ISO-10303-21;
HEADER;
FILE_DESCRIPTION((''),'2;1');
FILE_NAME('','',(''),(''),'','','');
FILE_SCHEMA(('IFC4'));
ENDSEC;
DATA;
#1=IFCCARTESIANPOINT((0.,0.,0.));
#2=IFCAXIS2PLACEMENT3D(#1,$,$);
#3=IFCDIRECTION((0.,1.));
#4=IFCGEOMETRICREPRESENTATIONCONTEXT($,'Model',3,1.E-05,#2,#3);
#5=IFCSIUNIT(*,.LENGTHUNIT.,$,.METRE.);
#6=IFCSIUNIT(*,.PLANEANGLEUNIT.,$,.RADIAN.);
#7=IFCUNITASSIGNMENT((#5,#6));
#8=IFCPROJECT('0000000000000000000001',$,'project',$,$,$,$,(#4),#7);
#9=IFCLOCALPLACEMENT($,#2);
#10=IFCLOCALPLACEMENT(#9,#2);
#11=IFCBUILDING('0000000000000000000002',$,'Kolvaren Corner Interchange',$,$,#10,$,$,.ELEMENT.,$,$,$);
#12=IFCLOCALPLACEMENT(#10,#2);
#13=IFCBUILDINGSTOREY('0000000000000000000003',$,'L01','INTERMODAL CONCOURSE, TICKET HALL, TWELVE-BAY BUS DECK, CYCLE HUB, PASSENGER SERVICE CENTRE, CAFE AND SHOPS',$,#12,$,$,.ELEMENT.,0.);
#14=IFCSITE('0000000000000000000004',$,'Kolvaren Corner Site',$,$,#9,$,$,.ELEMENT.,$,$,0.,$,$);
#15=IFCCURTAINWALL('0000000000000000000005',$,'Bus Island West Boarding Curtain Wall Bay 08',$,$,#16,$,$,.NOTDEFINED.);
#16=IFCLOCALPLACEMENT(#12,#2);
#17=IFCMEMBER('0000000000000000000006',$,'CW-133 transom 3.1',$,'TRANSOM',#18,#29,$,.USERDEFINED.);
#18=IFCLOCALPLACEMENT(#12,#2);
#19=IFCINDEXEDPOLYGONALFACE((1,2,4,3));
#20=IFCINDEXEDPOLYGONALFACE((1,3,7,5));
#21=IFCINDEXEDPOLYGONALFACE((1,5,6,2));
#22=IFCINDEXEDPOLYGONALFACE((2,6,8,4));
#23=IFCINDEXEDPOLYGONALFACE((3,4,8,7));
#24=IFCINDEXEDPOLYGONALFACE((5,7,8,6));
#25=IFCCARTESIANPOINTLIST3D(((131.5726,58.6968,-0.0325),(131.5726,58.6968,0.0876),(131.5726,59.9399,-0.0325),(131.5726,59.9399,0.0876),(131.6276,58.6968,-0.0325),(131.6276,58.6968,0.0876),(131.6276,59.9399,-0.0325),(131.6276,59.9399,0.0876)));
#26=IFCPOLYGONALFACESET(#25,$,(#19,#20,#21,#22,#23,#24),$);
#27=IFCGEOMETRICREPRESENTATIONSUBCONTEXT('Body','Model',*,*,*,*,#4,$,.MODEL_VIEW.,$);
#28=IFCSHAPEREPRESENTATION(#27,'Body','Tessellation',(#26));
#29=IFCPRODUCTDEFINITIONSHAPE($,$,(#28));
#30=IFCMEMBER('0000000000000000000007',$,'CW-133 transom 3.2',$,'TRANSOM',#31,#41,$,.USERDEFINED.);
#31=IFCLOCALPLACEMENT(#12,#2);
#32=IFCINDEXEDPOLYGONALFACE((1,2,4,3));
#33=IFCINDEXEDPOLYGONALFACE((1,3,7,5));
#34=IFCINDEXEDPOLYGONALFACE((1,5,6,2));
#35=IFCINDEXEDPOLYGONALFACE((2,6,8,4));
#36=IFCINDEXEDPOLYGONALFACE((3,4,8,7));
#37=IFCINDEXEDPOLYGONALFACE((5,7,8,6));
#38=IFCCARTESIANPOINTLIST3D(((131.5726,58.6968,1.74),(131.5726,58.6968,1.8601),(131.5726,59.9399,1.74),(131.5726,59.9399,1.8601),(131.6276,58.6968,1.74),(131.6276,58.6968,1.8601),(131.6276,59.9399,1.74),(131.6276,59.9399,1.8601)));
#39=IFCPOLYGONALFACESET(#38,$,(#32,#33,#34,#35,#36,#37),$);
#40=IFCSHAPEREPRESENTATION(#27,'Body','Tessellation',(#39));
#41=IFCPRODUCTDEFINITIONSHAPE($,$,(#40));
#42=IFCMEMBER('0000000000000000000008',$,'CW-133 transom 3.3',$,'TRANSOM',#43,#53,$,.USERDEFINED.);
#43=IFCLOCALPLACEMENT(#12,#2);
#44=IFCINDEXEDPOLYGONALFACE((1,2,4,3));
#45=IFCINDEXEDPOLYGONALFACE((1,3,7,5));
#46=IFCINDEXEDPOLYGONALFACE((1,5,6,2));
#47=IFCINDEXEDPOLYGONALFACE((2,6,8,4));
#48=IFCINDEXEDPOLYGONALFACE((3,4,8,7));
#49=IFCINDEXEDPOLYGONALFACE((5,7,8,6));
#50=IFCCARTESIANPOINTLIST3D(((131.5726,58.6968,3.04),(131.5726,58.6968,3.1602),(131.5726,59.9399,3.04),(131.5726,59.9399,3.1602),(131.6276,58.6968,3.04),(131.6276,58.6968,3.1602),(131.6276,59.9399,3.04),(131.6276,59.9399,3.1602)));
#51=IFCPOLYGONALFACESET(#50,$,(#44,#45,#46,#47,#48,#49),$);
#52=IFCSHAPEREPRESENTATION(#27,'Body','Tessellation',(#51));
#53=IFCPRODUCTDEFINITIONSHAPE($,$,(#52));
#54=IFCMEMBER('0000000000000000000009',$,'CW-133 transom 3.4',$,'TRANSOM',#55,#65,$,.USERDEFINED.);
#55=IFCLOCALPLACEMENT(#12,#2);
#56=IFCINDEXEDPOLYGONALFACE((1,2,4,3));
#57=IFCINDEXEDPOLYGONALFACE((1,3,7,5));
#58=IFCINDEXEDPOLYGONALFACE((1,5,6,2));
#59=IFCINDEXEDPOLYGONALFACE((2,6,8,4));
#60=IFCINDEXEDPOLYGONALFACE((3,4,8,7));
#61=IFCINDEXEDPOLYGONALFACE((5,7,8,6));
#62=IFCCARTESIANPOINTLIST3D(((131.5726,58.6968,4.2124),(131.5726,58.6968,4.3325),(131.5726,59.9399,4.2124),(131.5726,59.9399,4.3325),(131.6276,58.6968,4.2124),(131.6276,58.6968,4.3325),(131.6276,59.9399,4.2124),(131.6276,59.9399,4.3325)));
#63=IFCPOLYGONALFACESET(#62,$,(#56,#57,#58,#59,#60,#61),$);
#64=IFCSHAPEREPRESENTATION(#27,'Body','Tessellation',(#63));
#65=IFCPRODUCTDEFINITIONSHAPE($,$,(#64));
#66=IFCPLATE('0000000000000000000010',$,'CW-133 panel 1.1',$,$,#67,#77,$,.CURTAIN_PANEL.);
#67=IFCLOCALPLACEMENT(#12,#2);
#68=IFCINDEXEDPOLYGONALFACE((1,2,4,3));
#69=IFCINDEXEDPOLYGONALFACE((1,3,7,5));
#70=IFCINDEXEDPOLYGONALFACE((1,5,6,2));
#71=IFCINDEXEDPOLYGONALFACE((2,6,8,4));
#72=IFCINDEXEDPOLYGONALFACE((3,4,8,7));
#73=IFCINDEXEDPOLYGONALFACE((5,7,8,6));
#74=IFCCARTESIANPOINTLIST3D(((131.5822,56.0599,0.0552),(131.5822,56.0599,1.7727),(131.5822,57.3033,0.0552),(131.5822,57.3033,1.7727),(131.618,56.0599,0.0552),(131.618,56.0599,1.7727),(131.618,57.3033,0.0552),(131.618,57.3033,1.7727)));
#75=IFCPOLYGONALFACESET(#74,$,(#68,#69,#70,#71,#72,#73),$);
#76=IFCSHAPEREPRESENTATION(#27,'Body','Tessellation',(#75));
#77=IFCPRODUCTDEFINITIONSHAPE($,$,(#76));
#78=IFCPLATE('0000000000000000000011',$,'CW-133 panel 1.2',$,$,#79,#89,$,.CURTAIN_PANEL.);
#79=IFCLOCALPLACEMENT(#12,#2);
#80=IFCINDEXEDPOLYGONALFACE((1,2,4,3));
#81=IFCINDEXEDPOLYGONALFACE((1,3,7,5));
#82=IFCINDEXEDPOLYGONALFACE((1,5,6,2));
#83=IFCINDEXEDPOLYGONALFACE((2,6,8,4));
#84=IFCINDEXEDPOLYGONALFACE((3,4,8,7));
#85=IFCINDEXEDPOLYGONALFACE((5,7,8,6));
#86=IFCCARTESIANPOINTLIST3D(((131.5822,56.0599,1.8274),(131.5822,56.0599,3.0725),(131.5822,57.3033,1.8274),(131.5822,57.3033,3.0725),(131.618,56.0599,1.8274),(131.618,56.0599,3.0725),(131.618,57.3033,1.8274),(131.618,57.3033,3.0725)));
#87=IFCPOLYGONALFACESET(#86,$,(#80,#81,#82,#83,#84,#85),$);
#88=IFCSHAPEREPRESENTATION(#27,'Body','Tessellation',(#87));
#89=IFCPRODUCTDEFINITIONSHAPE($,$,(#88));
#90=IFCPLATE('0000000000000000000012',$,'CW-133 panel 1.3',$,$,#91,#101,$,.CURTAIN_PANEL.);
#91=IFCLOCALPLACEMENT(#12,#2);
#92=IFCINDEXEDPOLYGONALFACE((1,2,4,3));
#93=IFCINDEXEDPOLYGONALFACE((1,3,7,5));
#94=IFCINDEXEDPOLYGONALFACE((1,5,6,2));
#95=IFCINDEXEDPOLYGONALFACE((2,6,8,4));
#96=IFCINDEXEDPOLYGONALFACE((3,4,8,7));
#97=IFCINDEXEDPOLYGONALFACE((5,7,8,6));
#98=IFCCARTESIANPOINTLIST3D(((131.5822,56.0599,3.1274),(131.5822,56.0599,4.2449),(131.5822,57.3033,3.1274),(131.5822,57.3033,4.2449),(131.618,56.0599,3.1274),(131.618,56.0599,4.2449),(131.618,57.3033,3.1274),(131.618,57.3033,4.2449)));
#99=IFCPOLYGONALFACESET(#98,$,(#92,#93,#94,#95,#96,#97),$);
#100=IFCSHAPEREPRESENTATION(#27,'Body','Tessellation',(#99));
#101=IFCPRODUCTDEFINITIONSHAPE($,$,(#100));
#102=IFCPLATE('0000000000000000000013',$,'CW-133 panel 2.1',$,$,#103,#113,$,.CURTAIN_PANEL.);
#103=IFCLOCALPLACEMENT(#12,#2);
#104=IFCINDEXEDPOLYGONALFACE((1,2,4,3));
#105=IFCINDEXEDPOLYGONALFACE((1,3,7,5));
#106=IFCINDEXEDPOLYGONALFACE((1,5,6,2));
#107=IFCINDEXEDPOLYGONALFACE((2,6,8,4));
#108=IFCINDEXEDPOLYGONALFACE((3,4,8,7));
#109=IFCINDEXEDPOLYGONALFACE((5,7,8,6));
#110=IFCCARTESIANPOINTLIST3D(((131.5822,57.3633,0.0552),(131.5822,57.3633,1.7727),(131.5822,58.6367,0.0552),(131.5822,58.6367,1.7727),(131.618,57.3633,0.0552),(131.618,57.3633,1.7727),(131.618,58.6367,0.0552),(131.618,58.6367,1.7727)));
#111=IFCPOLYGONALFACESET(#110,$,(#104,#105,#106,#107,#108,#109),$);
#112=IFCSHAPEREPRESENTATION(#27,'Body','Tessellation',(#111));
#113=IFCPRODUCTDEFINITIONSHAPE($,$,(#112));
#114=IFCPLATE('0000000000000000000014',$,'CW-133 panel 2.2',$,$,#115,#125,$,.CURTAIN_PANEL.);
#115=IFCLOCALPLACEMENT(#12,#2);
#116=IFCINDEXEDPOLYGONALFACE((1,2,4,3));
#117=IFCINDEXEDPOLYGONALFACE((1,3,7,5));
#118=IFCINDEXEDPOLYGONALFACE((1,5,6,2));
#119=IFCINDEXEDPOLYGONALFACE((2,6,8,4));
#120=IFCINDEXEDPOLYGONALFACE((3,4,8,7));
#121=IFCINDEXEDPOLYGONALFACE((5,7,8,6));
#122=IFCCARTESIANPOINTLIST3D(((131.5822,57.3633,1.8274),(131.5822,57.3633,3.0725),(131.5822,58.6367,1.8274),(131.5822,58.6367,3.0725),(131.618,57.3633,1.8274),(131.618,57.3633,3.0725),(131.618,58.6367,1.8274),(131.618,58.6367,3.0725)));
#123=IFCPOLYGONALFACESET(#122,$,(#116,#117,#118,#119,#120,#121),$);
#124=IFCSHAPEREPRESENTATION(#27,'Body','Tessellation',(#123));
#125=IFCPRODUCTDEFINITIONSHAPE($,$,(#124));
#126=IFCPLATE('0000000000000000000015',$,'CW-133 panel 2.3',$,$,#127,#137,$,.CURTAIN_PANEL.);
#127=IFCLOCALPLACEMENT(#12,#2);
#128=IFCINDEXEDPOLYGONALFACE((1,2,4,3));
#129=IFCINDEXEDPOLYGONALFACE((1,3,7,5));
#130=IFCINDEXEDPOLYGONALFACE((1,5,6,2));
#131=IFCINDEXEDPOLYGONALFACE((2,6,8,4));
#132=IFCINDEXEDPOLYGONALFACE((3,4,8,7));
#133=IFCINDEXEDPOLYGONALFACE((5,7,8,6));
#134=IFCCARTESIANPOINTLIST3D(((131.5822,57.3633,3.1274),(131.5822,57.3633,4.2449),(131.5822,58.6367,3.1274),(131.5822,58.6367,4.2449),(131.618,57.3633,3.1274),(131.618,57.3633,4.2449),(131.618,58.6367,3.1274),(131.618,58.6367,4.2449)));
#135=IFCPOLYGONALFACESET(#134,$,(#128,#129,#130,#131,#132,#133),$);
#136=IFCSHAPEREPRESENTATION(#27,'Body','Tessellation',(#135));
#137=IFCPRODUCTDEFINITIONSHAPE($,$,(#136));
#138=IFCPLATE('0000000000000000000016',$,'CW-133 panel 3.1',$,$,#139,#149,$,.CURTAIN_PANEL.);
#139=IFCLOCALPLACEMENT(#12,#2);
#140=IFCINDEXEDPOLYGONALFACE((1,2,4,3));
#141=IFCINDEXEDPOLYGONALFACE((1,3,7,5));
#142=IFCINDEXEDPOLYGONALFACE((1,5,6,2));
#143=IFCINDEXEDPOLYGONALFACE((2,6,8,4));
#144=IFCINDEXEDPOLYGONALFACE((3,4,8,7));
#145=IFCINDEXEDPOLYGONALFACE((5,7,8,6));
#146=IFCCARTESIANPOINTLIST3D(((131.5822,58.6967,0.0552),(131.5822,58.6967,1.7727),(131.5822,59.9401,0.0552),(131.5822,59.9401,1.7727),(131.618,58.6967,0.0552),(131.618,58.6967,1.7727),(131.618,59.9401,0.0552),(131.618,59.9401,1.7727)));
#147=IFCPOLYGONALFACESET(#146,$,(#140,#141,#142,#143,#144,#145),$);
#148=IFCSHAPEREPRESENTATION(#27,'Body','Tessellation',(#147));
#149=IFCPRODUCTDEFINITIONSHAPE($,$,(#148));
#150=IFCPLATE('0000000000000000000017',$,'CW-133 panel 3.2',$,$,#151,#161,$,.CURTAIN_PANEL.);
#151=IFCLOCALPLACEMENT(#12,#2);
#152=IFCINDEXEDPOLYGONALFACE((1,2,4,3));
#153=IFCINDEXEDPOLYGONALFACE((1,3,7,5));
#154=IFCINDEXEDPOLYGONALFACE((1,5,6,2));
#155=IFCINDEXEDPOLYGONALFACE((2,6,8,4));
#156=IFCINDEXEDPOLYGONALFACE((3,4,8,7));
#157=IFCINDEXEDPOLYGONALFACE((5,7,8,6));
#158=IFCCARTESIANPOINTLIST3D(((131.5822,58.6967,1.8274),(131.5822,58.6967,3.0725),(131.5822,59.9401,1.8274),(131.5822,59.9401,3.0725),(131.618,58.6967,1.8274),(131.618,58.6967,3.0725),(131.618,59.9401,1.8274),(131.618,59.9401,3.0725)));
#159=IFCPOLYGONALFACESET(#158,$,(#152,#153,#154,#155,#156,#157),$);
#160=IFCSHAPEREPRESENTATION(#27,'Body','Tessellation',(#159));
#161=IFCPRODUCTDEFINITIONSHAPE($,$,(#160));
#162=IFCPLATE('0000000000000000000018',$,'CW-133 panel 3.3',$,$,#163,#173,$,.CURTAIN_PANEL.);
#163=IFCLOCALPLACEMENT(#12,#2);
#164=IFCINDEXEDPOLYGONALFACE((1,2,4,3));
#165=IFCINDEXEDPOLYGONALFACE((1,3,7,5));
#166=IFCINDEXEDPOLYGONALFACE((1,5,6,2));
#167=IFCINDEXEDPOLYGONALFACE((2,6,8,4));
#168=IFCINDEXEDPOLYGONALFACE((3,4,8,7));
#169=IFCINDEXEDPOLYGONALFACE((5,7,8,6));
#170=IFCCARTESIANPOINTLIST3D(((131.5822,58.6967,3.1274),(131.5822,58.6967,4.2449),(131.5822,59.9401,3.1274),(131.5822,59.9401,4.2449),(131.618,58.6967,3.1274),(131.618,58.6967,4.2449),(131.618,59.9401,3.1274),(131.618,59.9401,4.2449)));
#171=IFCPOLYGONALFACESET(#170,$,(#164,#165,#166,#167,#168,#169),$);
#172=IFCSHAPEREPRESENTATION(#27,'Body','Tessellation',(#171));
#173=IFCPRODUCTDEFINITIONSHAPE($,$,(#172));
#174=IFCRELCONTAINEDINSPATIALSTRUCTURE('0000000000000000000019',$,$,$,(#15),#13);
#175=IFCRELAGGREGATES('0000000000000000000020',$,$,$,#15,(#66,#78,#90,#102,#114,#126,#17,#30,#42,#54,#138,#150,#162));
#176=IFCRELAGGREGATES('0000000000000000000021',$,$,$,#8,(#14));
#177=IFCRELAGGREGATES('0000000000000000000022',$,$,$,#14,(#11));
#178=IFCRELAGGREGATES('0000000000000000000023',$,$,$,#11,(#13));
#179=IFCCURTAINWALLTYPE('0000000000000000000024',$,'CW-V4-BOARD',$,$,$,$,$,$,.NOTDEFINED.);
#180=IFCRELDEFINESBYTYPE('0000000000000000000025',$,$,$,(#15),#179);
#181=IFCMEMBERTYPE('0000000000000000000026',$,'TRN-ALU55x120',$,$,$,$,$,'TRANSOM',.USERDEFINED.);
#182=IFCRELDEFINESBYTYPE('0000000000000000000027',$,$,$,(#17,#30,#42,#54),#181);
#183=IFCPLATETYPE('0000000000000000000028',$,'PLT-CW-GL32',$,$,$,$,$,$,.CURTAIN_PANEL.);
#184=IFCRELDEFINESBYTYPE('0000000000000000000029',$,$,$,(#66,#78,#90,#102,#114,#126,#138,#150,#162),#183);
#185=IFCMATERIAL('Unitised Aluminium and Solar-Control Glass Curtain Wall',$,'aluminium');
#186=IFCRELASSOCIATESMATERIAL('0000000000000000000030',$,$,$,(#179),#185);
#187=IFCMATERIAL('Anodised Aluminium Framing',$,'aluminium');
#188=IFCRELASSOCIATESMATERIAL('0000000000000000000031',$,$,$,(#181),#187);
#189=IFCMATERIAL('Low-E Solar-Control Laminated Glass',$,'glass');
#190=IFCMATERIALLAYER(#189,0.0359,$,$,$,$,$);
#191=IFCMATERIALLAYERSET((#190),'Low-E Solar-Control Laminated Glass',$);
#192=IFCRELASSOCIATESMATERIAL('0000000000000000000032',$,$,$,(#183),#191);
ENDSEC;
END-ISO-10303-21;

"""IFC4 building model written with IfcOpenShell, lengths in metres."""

from ifc_helpers import new_model, si_unit, direction, frame, origin, origin_2d, place, context, subcontext, project, spatial, rectangle, extrude, material, layer, layer_set, material_profile, profile_set, type_object, element, aggregate, save


model = new_model("IFC4")

# Units and contexts
model_context = context("Model", 3, precision=1e-05, world=origin(), true_north=direction((0.0, 1.0)))
body_context = subcontext(model_context, "Body", "Model", "MODEL_VIEW")
ifc_project = project(units=[si_unit("LENGTHUNIT", "METRE"), si_unit("PLANEANGLEUNIT", "RADIAN")], contexts=[model_context])

# Site, building, storey
site_placement = place(None, origin())
site = spatial("IfcSite", under=ifc_project, at=site_placement, Name="Kolvaren Corner Site", CompositionType="ELEMENT", RefElevation=0.0)
building_placement = place(site_placement, origin())
building = spatial("IfcBuilding", under=site, at=building_placement, Name="Kolvaren Corner Interchange", CompositionType="ELEMENT")
storey_placement = place(building_placement, origin())
storey = spatial("IfcBuildingStorey", under=building, at=storey_placement, Name="L01", Description="INTERMODAL CONCOURSE, TICKET HALL, TWELVE-BAY BUS DECK, CYCLE HUB, PASSENGER SERVICE CENTRE, CAFE AND SHOPS", CompositionType="ELEMENT", Elevation=0.0)

# Curtain wall, members, plates
ifc_material_1 = material(Name="Unitised Aluminium and Solar-Control Glass Curtain Wall", Category="aluminium")
curtain_wall_type = type_object("IfcCurtainWallType", Name="CW-V4-BOARD", PredefinedType="NOTDEFINED", material=ifc_material_1)
curtain_wall_placement = place(storey_placement, origin())
curtain_wall = element("IfcCurtainWall", 1, at=curtain_wall_placement, inside=storey, type_object=curtain_wall_type, Name="Bus Island West Boarding Curtain Wall Bay 08", PredefinedType="NOTDEFINED")
ifc_material_2 = material(Name="Anodised Aluminium Framing", Category="aluminium")
ifc_material_profile_1 = material_profile(ifc_material_2, rectangle(XDim=0.0549, YDim=0.1201, at=origin_2d()), Name="ALU 55x120")
ifc_profile_set_1 = profile_set([ifc_material_profile_1], Name="Anodised Aluminium Framing")
member_type_1 = type_object("IfcMemberType", Name="TRN-ALU55x120", ElementType="TRANSOM", PredefinedType="USERDEFINED", material=ifc_profile_set_1)
member_1_placement = place(storey_placement, frame((131.6001, 58.6968, 0.0276), z_axis=(0.0, 1.0, 0.0), x_axis=(-1.0, 0.0, 0.0)))
member_1 = element("IfcMember", 2, at=member_1_placement, type_object=member_type_1, Name="CW-133 transom 3.1", ObjectType="TRANSOM", PredefinedType="USERDEFINED", context=body_context, shape_type="SweptSolid", body=[
    extrude(rectangle(XDim=0.0549, YDim=0.1201, at=origin_2d()), origin(), (0.0, 0.0, 1.0), 1.2432),
])
member_2_placement = place(storey_placement, frame((131.6001, 58.6968, 1.8), z_axis=(0.0, 1.0, 0.0), x_axis=(-1.0, 0.0, 0.0)))
member_2 = element("IfcMember", 3, at=member_2_placement, type_object=member_type_1, Name="CW-133 transom 3.2", ObjectType="TRANSOM", PredefinedType="USERDEFINED", context=body_context, shape_type="SweptSolid", body=[
    extrude(rectangle(XDim=0.0549, YDim=0.1201, at=origin_2d()), origin(), (0.0, 0.0, 1.0), 1.2432),
])
member_3_placement = place(storey_placement, frame((131.6001, 58.6968, 3.1001), z_axis=(0.0, 1.0, 0.0), x_axis=(-1.0, 0.0, 0.0)))
member_3 = element("IfcMember", 4, at=member_3_placement, type_object=member_type_1, Name="CW-133 transom 3.3", ObjectType="TRANSOM", PredefinedType="USERDEFINED", context=body_context, shape_type="SweptSolid", body=[
    extrude(rectangle(XDim=0.0549, YDim=0.1201, at=origin_2d()), origin(), (0.0, 0.0, 1.0), 1.2432),
])
member_4_placement = place(storey_placement, frame((131.6001, 58.6968, 4.2725), z_axis=(0.0, 1.0, 0.0), x_axis=(-1.0, 0.0, 0.0)))
member_4 = element("IfcMember", 5, at=member_4_placement, type_object=member_type_1, Name="CW-133 transom 3.4", ObjectType="TRANSOM", PredefinedType="USERDEFINED", context=body_context, shape_type="SweptSolid", body=[
    extrude(rectangle(XDim=0.0549, YDim=0.1201, at=origin_2d()), origin(), (0.0, 0.0, 1.0), 1.2432),
])
ifc_material_3 = material(Name="Low-E Solar-Control Laminated Glass", Category="glass")
ifc_layer = layer(ifc_material_3, 0.0359)
ifc_layer_set = layer_set([ifc_layer], Name="Low-E Solar-Control Laminated Glass")
plate_type = type_object("IfcPlateType", Name="PLT-CW-GL32", PredefinedType="CURTAIN_PANEL", material=ifc_layer_set)
plate_1_placement = place(storey_placement, frame((131.6001, 56.6816, 0.0552), z_axis=(0.0, 0.0, 1.0), x_axis=(0.0, 1.0, 0.0)))
plate_1 = element("IfcPlate", 6, at=plate_1_placement, type_object=plate_type, Name="CW-133 panel 1.1", PredefinedType="CURTAIN_PANEL", context=body_context, shape_type="SweptSolid", body=[
    extrude(rectangle(XDim=1.2434, YDim=0.0359, at=origin_2d()), origin(), (0.0, 0.0, 1.0), 1.7175),
])
plate_2_placement = place(storey_placement, frame((131.6001, 56.6816, 1.8274), z_axis=(0.0, 0.0, 1.0), x_axis=(0.0, 1.0, 0.0)))
plate_2 = element("IfcPlate", 7, at=plate_2_placement, type_object=plate_type, Name="CW-133 panel 1.2", PredefinedType="CURTAIN_PANEL", context=body_context, shape_type="SweptSolid", body=[
    extrude(rectangle(XDim=1.2434, YDim=0.0359, at=origin_2d()), origin(), (0.0, 0.0, 1.0), 1.2451),
])
plate_3_placement = place(storey_placement, frame((131.6001, 56.6816, 3.1274), z_axis=(0.0, 0.0, 1.0), x_axis=(0.0, 1.0, 0.0)))
plate_3 = element("IfcPlate", 8, at=plate_3_placement, type_object=plate_type, Name="CW-133 panel 1.3", PredefinedType="CURTAIN_PANEL", context=body_context, shape_type="SweptSolid", body=[
    extrude(rectangle(XDim=1.2434, YDim=0.0359, at=origin_2d()), origin(), (0.0, 0.0, 1.0), 1.1174),
])
plate_4_placement = place(storey_placement, frame((131.6001, 58.0, 0.0552), z_axis=(0.0, 0.0, 1.0), x_axis=(0.0, 1.0, 0.0)))
plate_4 = element("IfcPlate", 9, at=plate_4_placement, type_object=plate_type, Name="CW-133 panel 2.1", PredefinedType="CURTAIN_PANEL", context=body_context, shape_type="SweptSolid", body=[
    extrude(rectangle(XDim=1.2734, YDim=0.0359, at=origin_2d()), origin(), (0.0, 0.0, 1.0), 1.7175),
])
plate_5_placement = place(storey_placement, frame((131.6001, 58.0, 1.8274), z_axis=(0.0, 0.0, 1.0), x_axis=(0.0, 1.0, 0.0)))
plate_5 = element("IfcPlate", 10, at=plate_5_placement, type_object=plate_type, Name="CW-133 panel 2.2", PredefinedType="CURTAIN_PANEL", context=body_context, shape_type="SweptSolid", body=[
    extrude(rectangle(XDim=1.2734, YDim=0.0359, at=origin_2d()), origin(), (0.0, 0.0, 1.0), 1.2451),
])
plate_6_placement = place(storey_placement, frame((131.6001, 58.0, 3.1274), z_axis=(0.0, 0.0, 1.0), x_axis=(0.0, 1.0, 0.0)))
plate_6 = element("IfcPlate", 11, at=plate_6_placement, type_object=plate_type, Name="CW-133 panel 2.3", PredefinedType="CURTAIN_PANEL", context=body_context, shape_type="SweptSolid", body=[
    extrude(rectangle(XDim=1.2734, YDim=0.0359, at=origin_2d()), origin(), (0.0, 0.0, 1.0), 1.1174),
])
plate_7_placement = place(storey_placement, frame((131.6001, 59.3184, 0.0552), z_axis=(0.0, 0.0, 1.0), x_axis=(0.0, 1.0, 0.0)))
plate_7 = element("IfcPlate", 12, at=plate_7_placement, type_object=plate_type, Name="CW-133 panel 3.1", PredefinedType="CURTAIN_PANEL", context=body_context, shape_type="SweptSolid", body=[
    extrude(rectangle(XDim=1.2434, YDim=0.0359, at=origin_2d()), origin(), (0.0, 0.0, 1.0), 1.7175),
])
plate_8_placement = place(storey_placement, frame((131.6001, 59.3184, 1.8274), z_axis=(0.0, 0.0, 1.0), x_axis=(0.0, 1.0, 0.0)))
plate_8 = element("IfcPlate", 13, at=plate_8_placement, type_object=plate_type, Name="CW-133 panel 3.2", PredefinedType="CURTAIN_PANEL", context=body_context, shape_type="SweptSolid", body=[
    extrude(rectangle(XDim=1.2434, YDim=0.0359, at=origin_2d()), origin(), (0.0, 0.0, 1.0), 1.2451),
])
plate_9_placement = place(storey_placement, frame((131.6001, 59.3184, 3.1274), z_axis=(0.0, 0.0, 1.0), x_axis=(0.0, 1.0, 0.0)))
plate_9 = element("IfcPlate", 14, at=plate_9_placement, type_object=plate_type, Name="CW-133 panel 3.3", PredefinedType="CURTAIN_PANEL", context=body_context, shape_type="SweptSolid", body=[
    extrude(rectangle(XDim=1.2434, YDim=0.0359, at=origin_2d()), origin(), (0.0, 0.0, 1.0), 1.1174),
])
aggregate(curtain_wall, [plate_1, plate_2, plate_3, plate_4, plate_5, plate_6, member_1, member_2, member_3, member_4, plate_7, plate_8, plate_9])

save(model, "model.ifc")
